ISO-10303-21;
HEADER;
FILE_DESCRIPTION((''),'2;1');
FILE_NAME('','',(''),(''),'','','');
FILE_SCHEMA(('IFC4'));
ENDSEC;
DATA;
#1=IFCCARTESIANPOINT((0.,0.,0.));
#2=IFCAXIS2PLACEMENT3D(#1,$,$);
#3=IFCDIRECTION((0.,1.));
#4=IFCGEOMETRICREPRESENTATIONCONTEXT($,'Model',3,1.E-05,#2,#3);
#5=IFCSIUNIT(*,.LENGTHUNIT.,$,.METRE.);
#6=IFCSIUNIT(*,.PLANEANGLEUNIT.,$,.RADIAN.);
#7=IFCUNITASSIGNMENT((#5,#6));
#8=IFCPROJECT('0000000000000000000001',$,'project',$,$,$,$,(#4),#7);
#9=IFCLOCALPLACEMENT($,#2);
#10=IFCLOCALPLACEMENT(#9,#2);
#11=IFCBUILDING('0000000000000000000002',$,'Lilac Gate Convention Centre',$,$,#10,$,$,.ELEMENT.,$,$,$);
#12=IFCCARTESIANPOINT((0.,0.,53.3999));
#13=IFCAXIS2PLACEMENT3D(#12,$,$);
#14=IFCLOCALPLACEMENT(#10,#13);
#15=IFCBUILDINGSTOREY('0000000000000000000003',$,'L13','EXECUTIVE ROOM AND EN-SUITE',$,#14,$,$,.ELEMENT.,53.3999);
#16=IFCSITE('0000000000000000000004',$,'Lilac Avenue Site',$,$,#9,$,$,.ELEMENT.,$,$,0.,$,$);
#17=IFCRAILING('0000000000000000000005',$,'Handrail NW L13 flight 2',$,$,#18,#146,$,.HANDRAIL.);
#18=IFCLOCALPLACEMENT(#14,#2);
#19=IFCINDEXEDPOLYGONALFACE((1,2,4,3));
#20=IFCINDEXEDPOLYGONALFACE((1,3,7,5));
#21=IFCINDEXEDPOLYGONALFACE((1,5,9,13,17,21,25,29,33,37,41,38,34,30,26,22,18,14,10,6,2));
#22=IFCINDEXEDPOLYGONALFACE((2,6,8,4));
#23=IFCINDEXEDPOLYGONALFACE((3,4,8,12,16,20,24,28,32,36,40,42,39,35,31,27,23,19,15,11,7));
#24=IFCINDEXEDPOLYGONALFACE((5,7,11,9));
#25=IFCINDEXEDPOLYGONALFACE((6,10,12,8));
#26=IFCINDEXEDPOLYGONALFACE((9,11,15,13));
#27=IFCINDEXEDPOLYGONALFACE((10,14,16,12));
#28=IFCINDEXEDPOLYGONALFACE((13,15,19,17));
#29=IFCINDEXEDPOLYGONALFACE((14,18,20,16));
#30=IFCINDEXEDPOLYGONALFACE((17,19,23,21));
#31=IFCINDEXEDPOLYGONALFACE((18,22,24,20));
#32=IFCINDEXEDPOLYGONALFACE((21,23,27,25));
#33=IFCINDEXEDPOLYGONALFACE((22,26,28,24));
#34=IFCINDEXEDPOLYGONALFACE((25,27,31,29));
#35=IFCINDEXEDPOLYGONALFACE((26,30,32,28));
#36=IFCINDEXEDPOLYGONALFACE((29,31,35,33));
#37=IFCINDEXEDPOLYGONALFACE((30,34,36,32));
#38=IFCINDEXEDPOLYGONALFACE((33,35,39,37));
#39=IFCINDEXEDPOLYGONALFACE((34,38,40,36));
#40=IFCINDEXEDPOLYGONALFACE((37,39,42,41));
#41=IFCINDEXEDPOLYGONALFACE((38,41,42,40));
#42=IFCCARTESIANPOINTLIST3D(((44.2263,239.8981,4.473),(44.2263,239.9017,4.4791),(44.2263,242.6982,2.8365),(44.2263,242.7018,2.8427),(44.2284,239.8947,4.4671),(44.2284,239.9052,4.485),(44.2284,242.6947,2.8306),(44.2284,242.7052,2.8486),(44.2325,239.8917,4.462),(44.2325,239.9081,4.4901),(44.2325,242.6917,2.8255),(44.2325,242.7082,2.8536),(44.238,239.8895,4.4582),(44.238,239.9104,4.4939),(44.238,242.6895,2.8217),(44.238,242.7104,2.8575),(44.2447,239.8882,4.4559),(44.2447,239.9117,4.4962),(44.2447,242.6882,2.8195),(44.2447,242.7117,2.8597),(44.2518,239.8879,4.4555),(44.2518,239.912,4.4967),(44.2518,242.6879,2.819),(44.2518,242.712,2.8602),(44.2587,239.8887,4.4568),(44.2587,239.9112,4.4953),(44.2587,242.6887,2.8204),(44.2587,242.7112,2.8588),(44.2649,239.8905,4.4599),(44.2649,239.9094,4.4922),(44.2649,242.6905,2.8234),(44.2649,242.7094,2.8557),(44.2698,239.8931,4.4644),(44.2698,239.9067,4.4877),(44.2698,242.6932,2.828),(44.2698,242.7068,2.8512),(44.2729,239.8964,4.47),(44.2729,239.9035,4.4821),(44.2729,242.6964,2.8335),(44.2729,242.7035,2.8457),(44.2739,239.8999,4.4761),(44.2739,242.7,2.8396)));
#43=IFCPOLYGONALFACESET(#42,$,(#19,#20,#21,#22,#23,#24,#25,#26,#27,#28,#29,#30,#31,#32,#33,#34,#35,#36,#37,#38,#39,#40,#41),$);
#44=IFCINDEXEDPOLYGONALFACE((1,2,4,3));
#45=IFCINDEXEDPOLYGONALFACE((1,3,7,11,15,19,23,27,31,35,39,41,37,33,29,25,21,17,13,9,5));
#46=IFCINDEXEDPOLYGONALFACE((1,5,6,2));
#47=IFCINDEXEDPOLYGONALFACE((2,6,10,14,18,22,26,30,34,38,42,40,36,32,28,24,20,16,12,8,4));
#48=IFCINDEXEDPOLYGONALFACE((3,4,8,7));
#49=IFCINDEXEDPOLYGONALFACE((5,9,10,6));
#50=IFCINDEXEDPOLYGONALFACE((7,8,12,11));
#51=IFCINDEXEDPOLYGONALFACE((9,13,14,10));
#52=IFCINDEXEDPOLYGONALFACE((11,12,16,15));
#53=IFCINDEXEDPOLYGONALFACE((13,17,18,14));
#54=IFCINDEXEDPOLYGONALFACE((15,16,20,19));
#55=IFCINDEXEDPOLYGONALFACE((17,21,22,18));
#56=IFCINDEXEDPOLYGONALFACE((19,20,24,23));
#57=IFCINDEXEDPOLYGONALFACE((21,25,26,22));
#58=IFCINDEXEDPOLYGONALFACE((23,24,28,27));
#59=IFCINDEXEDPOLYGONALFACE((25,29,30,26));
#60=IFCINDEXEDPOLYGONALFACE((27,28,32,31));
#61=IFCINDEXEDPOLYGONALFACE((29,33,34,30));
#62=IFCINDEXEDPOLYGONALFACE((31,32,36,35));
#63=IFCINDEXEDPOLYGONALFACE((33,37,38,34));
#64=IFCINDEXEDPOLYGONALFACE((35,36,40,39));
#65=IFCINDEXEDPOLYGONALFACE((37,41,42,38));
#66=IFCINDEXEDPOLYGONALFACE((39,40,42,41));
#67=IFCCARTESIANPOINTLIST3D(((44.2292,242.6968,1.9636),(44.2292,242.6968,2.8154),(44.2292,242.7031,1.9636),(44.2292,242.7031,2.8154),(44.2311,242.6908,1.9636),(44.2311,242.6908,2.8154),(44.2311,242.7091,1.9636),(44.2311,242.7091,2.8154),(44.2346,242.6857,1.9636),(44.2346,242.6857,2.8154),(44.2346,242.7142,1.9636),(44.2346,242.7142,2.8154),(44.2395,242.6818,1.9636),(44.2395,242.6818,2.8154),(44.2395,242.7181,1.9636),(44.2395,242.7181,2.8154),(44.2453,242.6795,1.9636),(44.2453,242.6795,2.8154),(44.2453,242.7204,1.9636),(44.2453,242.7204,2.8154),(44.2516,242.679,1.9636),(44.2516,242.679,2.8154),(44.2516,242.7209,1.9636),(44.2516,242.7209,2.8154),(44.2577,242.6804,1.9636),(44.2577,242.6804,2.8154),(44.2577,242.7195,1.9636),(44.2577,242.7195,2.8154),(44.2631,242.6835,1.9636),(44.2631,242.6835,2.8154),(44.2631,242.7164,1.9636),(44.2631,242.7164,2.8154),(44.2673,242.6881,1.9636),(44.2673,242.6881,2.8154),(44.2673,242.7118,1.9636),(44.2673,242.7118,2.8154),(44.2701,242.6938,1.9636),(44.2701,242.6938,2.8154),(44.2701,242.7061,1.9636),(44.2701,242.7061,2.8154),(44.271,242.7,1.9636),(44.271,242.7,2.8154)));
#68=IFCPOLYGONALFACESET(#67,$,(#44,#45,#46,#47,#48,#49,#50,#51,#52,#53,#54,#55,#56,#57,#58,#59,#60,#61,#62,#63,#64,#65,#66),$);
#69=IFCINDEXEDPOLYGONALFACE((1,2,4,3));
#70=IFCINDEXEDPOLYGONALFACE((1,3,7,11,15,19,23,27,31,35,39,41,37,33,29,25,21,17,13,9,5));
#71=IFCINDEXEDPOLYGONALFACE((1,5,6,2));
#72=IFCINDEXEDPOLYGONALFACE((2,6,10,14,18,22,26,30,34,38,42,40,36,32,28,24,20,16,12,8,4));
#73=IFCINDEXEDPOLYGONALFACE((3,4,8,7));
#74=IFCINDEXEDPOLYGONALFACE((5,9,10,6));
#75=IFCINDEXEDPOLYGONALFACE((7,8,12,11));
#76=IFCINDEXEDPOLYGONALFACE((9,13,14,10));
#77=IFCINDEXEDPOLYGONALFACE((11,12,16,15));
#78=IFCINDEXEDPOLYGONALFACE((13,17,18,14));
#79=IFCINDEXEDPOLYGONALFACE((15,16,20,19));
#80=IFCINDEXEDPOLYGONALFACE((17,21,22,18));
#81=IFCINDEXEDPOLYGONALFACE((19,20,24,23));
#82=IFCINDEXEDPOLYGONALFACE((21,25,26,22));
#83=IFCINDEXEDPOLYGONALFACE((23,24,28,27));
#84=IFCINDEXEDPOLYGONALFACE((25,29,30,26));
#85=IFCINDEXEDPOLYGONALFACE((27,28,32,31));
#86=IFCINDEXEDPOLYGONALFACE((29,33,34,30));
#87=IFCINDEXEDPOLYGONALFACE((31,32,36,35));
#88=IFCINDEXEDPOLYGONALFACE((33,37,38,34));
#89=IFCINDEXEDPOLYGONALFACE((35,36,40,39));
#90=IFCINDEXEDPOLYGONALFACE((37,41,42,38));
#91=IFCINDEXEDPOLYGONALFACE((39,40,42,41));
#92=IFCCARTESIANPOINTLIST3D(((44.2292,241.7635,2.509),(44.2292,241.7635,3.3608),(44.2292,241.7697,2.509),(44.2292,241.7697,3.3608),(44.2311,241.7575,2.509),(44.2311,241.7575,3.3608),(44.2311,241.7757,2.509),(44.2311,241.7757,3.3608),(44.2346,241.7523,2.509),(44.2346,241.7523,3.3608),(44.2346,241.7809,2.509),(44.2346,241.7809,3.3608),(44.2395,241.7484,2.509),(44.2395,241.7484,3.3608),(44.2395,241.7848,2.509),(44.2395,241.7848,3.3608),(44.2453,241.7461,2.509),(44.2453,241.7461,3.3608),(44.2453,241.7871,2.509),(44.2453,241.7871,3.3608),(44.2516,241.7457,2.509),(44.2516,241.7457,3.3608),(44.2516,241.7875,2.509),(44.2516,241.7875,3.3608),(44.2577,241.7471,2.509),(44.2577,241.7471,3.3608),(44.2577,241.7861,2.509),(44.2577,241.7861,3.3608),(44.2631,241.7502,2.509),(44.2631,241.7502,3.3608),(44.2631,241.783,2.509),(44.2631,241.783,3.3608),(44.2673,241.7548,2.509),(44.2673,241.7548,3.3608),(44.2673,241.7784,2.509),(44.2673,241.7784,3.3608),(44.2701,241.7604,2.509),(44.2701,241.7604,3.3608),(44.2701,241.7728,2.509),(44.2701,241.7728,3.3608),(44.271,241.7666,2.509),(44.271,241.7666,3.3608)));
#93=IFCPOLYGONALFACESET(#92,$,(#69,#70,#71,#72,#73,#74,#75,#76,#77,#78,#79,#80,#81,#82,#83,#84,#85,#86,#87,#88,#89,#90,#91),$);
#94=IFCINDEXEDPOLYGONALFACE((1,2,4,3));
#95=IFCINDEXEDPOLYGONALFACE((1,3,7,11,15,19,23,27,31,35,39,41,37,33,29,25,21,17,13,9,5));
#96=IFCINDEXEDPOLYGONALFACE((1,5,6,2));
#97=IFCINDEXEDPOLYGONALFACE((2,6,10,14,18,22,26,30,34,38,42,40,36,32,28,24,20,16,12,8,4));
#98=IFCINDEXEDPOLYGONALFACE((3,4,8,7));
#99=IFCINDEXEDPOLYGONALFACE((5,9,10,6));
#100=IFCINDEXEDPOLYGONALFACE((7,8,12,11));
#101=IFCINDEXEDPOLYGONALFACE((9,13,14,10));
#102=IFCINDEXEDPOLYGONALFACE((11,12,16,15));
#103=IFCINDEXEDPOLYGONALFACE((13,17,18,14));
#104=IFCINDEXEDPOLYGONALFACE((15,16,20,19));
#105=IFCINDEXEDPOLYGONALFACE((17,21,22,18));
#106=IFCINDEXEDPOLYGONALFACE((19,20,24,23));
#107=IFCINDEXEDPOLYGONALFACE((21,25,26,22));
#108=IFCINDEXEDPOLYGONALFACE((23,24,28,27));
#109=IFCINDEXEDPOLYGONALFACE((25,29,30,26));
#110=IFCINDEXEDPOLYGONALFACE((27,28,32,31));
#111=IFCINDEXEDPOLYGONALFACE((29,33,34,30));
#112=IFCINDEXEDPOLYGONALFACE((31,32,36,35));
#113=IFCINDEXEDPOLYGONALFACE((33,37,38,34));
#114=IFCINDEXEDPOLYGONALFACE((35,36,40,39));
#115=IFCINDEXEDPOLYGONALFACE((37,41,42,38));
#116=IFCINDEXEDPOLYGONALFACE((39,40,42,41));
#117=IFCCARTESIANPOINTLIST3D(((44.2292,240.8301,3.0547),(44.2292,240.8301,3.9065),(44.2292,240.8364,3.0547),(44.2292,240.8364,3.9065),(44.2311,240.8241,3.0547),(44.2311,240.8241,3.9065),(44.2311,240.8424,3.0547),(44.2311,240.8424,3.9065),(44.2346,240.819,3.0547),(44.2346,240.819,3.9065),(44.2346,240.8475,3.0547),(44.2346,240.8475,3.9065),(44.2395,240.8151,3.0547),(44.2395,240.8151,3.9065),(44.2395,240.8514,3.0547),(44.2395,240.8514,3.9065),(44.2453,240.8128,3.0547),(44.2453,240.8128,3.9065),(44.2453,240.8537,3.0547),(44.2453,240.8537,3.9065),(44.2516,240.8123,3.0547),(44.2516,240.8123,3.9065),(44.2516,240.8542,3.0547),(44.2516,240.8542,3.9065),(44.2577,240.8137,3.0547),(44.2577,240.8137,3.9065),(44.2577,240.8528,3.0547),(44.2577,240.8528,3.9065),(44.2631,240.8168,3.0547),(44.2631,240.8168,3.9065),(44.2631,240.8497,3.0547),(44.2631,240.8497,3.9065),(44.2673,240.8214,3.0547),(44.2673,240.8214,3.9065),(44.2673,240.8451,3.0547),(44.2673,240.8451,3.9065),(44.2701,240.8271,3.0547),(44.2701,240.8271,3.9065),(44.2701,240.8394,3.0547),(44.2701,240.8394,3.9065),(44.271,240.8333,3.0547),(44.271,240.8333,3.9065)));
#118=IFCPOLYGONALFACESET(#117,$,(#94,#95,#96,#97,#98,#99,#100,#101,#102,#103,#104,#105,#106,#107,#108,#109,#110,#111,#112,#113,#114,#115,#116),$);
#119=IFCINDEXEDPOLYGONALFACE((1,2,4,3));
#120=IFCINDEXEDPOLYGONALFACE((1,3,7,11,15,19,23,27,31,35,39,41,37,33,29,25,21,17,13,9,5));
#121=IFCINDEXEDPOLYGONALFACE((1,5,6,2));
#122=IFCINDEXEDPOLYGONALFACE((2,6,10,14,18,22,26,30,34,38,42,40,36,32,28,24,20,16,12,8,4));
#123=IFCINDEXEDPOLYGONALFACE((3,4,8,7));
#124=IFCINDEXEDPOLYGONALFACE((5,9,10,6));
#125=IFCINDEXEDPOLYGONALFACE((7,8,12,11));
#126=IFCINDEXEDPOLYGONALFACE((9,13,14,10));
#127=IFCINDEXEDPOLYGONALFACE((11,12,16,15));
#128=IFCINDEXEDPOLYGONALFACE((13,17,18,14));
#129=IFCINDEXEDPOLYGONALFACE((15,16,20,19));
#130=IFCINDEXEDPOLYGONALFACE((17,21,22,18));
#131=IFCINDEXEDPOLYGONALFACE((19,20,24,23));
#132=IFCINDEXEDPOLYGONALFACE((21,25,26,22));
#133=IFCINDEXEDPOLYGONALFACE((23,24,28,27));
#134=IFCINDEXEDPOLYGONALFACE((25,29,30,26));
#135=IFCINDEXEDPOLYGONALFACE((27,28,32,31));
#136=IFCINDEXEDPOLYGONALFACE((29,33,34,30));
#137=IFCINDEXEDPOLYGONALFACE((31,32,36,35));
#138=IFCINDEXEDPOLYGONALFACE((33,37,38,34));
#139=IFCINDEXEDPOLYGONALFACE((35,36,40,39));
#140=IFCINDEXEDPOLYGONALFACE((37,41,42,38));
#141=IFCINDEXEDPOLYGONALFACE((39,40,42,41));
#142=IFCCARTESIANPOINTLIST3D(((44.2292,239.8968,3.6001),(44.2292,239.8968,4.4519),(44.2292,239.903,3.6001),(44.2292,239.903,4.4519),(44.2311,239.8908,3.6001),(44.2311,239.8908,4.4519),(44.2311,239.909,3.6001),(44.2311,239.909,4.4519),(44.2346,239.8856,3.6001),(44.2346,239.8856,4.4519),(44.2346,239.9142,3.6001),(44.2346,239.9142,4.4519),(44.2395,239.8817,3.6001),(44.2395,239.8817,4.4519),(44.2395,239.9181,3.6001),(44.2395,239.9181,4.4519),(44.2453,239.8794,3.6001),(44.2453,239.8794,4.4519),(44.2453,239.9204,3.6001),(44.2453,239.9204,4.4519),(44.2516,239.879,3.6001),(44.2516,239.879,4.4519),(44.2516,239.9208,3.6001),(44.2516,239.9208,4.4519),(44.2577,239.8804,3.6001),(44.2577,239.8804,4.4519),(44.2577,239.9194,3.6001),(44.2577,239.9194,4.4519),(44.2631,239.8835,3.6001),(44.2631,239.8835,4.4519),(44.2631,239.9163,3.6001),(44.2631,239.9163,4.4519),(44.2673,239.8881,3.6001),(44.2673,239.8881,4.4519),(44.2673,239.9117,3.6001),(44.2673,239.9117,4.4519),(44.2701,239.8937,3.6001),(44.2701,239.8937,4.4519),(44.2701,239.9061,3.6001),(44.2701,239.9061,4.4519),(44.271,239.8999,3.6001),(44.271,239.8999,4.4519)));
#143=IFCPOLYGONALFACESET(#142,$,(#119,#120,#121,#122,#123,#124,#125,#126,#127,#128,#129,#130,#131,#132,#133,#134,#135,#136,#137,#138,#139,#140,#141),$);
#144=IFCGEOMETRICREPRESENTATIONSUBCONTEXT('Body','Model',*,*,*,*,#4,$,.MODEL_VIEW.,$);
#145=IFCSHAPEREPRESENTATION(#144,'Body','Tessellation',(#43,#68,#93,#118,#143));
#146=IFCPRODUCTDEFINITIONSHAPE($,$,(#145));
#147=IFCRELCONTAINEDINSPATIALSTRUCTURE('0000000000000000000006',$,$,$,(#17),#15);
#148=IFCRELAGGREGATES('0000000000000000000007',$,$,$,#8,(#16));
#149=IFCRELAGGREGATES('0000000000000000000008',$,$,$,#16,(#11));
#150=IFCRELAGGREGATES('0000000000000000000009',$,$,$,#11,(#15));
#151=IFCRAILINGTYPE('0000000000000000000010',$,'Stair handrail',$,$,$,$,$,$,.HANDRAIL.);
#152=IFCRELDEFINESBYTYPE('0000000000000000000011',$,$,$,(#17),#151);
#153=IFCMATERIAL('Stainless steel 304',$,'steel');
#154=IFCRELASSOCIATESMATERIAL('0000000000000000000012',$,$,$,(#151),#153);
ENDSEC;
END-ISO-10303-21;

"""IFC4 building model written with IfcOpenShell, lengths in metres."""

from ifc_helpers import new_model, si_unit, direction, frame, origin, origin_2d, place, context, subcontext, project, spatial, circle, extrude, material, type_object, element, save


model = new_model("IFC4")

# Units and contexts
model_context = context("Model", 3, precision=1e-05, world=origin(), true_north=direction((0.0, 1.0)))
body_context = subcontext(model_context, "Body", "Model", "MODEL_VIEW")
ifc_project = project(units=[si_unit("LENGTHUNIT", "METRE"), si_unit("PLANEANGLEUNIT", "RADIAN")], contexts=[model_context])

# Site, building, storey
site_placement = place(None, origin())
site = spatial("IfcSite", under=ifc_project, at=site_placement, Name="Lilac Avenue Site", CompositionType="ELEMENT", RefElevation=0.0)
building_placement = place(site_placement, origin())
building = spatial("IfcBuilding", under=site, at=building_placement, Name="Lilac Gate Convention Centre", CompositionType="ELEMENT")
storey_placement = place(building_placement, frame((0.0, 0.0, 53.3999)))
storey = spatial("IfcBuildingStorey", under=building, at=storey_placement, Name="L13", Description="EXECUTIVE ROOM AND EN-SUITE", CompositionType="ELEMENT", Elevation=53.3999)

# Railing
ifc_material_1 = material(Name="Stainless steel 304", Category="steel")
railing_type = type_object("IfcRailingType", Name="Stair handrail", PredefinedType="HANDRAIL", material=ifc_material_1)
for number, where, name in (
    (1, (44.25, 242.7, 1.9636), "Handrail NW L13 flight 2"),
):
    element("IfcRailing", number, at=place(storey_placement, frame(where)), inside=storey, type_object=railing_type, Name=name, PredefinedType="HANDRAIL", context=body_context, shape_type="SweptSolid", body=[
        extrude(circle(Radius=0.0239, at=origin_2d()), frame((0.0, 0.0, 0.876), z_axis=(0.0, -0.863361, 0.504587), x_axis=(1.0, 0.0, 0.0)), (0.0, 0.0, 1.0), 3.2432),
        extrude(circle(Radius=0.021, at=origin_2d()), origin(), (0.0, 0.0, 1.0), 0.8518),
        extrude(circle(Radius=0.021, at=origin_2d()), frame((0.0, -0.9333, 0.5454)), (0.0, 0.0, 1.0), 0.8518),
        extrude(circle(Radius=0.021, at=origin_2d()), frame((0.0, -1.8667, 1.0911)), (0.0, 0.0, 1.0), 0.8518),
        extrude(circle(Radius=0.021, at=origin_2d()), frame((0.0, -2.8, 1.6365)), (0.0, 0.0, 1.0), 0.8518),
    ])

save(model, "model.ifc")
